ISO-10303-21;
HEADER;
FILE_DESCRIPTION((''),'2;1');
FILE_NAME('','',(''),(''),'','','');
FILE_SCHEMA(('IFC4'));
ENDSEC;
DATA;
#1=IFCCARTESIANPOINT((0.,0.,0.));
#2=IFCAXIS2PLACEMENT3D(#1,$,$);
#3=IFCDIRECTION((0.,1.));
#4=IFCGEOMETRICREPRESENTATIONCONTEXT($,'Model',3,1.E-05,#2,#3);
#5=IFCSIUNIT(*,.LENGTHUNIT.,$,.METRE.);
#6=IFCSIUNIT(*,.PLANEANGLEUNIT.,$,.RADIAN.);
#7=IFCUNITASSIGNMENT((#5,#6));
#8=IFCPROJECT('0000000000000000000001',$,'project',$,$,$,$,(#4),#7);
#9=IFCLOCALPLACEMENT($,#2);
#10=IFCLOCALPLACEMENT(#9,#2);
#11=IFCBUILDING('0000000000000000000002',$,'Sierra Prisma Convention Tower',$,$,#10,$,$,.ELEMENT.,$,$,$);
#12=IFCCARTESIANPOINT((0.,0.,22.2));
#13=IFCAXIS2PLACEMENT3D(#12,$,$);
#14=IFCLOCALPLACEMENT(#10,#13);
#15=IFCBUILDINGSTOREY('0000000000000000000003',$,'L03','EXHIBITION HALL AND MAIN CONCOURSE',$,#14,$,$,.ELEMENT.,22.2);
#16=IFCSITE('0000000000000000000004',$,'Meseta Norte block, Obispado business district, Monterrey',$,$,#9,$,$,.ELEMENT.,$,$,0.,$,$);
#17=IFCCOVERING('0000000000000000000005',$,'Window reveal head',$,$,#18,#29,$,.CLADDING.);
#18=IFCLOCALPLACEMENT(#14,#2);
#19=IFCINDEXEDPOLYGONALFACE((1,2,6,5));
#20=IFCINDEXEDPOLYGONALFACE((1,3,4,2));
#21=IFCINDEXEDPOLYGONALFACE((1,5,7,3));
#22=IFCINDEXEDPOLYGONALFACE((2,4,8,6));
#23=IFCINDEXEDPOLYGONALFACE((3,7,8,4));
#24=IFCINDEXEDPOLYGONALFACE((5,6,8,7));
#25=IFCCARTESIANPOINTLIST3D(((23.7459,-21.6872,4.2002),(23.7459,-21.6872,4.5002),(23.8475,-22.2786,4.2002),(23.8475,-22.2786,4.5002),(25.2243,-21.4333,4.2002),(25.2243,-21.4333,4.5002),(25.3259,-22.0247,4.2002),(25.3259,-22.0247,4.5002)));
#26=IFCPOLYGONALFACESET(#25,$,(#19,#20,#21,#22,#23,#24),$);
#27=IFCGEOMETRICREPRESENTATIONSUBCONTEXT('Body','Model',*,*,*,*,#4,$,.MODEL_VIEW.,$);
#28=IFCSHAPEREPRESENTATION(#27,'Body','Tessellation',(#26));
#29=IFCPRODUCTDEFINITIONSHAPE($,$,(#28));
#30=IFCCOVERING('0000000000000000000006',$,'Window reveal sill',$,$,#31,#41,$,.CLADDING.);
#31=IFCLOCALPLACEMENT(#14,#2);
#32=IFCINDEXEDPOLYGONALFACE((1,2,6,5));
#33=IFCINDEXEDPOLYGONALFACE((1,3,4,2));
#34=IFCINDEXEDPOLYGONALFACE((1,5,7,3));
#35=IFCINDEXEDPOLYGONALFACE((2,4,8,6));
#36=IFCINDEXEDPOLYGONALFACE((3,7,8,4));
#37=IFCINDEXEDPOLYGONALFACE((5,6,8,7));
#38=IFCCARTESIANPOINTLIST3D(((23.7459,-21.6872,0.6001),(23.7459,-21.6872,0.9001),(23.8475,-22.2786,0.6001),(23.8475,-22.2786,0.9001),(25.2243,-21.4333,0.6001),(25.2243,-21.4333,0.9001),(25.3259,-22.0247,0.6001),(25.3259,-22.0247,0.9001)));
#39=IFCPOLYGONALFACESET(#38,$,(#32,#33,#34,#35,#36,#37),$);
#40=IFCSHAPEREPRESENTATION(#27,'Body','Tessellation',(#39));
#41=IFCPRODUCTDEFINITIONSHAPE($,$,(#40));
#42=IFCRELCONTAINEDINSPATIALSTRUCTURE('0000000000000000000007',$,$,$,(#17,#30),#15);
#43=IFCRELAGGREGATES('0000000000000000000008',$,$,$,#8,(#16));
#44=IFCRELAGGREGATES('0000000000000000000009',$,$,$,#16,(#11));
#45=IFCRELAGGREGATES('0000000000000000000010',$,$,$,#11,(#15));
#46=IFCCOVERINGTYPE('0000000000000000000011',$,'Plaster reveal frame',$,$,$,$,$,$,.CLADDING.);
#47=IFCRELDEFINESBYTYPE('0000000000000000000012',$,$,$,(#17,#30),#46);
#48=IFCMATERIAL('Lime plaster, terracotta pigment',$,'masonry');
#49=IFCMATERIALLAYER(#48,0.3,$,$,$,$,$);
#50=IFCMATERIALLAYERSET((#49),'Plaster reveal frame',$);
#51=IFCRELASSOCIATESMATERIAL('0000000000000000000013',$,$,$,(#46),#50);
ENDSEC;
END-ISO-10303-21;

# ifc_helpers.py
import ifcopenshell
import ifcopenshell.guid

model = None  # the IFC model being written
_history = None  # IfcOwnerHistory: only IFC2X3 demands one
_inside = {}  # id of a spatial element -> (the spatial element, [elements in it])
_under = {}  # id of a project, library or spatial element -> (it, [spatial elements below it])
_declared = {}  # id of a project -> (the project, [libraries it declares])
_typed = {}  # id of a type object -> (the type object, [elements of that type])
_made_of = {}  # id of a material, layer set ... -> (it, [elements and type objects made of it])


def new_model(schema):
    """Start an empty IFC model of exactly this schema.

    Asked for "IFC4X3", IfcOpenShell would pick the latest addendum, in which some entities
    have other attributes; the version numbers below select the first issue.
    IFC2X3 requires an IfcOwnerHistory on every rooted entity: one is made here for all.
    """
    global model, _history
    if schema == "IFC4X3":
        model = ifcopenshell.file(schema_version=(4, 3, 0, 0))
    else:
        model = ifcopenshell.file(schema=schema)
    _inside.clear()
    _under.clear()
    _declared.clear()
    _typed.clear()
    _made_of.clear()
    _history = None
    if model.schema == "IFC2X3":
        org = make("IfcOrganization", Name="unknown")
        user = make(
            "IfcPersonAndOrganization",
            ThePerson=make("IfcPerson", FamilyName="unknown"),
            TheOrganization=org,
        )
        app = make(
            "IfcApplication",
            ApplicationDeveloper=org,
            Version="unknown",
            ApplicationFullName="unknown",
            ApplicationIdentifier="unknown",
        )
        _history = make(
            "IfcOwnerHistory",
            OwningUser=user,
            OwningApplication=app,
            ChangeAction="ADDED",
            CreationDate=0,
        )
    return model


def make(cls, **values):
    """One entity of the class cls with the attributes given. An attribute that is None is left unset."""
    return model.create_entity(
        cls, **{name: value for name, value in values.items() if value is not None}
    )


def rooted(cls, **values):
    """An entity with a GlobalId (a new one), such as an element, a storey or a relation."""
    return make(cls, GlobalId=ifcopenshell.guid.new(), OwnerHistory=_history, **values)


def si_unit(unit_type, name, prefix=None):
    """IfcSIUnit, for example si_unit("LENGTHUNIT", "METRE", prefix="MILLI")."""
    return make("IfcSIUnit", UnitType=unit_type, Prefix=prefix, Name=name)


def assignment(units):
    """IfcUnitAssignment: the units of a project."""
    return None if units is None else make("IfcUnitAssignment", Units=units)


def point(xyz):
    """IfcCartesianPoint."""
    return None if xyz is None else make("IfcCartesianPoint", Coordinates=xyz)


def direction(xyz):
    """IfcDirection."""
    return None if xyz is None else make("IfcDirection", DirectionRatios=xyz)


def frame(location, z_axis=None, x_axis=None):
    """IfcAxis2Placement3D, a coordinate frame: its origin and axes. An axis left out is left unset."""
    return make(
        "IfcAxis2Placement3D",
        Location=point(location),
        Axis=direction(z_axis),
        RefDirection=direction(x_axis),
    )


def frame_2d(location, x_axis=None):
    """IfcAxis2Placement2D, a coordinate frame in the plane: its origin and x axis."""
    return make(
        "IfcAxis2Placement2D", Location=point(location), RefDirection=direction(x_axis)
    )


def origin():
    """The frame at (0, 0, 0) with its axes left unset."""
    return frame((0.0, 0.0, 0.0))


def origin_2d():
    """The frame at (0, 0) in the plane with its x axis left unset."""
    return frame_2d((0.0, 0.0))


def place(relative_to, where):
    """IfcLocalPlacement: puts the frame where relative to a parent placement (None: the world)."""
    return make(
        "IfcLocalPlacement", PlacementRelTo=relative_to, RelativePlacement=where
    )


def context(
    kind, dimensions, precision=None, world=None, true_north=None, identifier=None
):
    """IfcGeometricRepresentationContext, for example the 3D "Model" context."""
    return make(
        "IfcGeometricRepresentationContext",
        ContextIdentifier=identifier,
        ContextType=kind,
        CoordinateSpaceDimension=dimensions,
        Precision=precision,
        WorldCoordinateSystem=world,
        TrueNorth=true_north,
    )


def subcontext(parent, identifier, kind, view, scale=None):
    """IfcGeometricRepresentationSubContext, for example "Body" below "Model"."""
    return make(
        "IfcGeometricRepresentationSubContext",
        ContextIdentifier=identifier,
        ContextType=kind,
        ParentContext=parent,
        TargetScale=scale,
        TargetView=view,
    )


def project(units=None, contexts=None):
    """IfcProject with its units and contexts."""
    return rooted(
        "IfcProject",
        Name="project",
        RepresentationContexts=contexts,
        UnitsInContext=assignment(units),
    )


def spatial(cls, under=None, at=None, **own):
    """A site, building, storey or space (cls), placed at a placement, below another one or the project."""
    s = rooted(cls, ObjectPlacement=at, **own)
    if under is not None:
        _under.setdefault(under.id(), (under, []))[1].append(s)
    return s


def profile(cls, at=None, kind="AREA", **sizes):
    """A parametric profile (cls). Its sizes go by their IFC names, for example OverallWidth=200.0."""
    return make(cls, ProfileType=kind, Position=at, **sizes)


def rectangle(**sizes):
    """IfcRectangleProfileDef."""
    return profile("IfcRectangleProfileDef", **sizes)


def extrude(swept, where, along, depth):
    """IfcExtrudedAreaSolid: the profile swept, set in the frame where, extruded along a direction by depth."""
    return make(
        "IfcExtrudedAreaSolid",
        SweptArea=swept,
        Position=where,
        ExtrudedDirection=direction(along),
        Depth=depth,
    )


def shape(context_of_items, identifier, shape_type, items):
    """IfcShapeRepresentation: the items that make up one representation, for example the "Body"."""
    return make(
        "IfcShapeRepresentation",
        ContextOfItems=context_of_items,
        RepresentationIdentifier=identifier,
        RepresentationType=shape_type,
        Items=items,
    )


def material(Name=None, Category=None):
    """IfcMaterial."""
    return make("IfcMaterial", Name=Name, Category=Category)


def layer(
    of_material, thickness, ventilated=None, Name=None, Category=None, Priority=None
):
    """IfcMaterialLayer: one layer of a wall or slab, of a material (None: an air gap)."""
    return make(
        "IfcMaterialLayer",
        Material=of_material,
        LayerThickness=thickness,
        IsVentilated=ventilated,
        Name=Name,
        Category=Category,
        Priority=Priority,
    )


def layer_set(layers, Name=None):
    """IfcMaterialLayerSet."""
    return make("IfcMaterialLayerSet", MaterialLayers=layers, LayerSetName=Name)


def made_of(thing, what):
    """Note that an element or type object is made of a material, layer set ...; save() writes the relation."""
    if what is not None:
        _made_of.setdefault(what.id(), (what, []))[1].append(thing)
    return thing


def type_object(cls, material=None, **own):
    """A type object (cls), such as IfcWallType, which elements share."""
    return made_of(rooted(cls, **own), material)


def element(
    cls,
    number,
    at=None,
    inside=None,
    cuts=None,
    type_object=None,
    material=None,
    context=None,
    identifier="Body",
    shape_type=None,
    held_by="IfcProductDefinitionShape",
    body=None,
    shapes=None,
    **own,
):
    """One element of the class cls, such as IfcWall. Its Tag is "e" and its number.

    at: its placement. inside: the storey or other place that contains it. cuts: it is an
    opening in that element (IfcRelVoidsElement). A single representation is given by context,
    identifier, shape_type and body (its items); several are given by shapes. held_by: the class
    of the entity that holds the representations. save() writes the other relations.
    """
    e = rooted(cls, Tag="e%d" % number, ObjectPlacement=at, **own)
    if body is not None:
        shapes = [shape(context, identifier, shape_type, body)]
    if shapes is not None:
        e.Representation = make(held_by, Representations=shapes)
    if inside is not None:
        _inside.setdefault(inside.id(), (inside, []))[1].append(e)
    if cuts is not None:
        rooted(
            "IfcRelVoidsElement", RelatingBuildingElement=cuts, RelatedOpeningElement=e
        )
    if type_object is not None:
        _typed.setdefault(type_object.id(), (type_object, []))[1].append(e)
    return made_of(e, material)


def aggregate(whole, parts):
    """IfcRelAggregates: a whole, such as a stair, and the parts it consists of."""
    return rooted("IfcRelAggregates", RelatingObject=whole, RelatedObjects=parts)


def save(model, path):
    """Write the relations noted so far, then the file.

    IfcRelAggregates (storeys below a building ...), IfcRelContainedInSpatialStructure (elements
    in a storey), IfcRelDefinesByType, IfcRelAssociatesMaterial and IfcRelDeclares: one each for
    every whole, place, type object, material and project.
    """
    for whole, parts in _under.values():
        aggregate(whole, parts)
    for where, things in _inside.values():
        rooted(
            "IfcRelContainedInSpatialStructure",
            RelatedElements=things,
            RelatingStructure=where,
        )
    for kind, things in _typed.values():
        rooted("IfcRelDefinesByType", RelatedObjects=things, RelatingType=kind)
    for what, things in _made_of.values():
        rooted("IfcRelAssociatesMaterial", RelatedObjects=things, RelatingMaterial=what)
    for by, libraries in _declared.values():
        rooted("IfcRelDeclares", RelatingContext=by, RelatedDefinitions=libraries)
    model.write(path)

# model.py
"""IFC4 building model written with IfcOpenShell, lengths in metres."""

from ifc_helpers import new_model, si_unit, direction, frame, origin, origin_2d, place, context, subcontext, project, spatial, rectangle, extrude, material, layer, layer_set, type_object, element, save


model = new_model("IFC4")

# Units and contexts
model_context = context("Model", 3, precision=1e-05, world=origin(), true_north=direction((0.0, 1.0)))
body_context = subcontext(model_context, "Body", "Model", "MODEL_VIEW")
ifc_project = project(units=[si_unit("LENGTHUNIT", "METRE"), si_unit("PLANEANGLEUNIT", "RADIAN")], contexts=[model_context])

# Site, building, storey
site_placement = place(None, origin())
site = spatial("IfcSite", under=ifc_project, at=site_placement, Name="Meseta Norte block, Obispado business district, Monterrey", CompositionType="ELEMENT", RefElevation=0.0)
building_placement = place(site_placement, origin())
building = spatial("IfcBuilding", under=site, at=building_placement, Name="Sierra Prisma Convention Tower", CompositionType="ELEMENT")
storey_placement = place(building_placement, frame((0.0, 0.0, 22.2)))
storey = spatial("IfcBuildingStorey", under=building, at=storey_placement, Name="L03", Description="EXHIBITION HALL AND MAIN CONCOURSE", CompositionType="ELEMENT", Elevation=22.2)

# Coverings
ifc_material_1 = material(Name="Lime plaster, terracotta pigment", Category="masonry")
ifc_layer_1 = layer(ifc_material_1, 0.3)
ifc_layer_set_1 = layer_set([ifc_layer_1], Name="Plaster reveal frame")
covering_type = type_object("IfcCoveringType", Name="Plaster reveal frame", PredefinedType="CLADDING", material=ifc_layer_set_1)
for number, where, z_axis, x_axis, name in (
    (1, (24.5359, -21.856, 4.2002), (0.0, 0.0, 1.0), (-0.985574, -0.169246, 0.0), "Window reveal head"),
    (2, (24.5359, -21.856, 0.6001), (0.0, 0.0, 1.0), (-0.985574, -0.169246, 0.0), "Window reveal sill"),
):
    element("IfcCovering", number, at=place(storey_placement, frame(where, z_axis=z_axis, x_axis=x_axis)), inside=storey, type_object=covering_type, Name=name, PredefinedType="CLADDING", context=body_context, shape_type="SweptSolid", body=[
        extrude(rectangle(XDim=1.5, YDim=0.6001, at=origin_2d()), origin(), (0.0, 0.0, 1.0), 0.3),
    ])

save(model, "model.ifc")
